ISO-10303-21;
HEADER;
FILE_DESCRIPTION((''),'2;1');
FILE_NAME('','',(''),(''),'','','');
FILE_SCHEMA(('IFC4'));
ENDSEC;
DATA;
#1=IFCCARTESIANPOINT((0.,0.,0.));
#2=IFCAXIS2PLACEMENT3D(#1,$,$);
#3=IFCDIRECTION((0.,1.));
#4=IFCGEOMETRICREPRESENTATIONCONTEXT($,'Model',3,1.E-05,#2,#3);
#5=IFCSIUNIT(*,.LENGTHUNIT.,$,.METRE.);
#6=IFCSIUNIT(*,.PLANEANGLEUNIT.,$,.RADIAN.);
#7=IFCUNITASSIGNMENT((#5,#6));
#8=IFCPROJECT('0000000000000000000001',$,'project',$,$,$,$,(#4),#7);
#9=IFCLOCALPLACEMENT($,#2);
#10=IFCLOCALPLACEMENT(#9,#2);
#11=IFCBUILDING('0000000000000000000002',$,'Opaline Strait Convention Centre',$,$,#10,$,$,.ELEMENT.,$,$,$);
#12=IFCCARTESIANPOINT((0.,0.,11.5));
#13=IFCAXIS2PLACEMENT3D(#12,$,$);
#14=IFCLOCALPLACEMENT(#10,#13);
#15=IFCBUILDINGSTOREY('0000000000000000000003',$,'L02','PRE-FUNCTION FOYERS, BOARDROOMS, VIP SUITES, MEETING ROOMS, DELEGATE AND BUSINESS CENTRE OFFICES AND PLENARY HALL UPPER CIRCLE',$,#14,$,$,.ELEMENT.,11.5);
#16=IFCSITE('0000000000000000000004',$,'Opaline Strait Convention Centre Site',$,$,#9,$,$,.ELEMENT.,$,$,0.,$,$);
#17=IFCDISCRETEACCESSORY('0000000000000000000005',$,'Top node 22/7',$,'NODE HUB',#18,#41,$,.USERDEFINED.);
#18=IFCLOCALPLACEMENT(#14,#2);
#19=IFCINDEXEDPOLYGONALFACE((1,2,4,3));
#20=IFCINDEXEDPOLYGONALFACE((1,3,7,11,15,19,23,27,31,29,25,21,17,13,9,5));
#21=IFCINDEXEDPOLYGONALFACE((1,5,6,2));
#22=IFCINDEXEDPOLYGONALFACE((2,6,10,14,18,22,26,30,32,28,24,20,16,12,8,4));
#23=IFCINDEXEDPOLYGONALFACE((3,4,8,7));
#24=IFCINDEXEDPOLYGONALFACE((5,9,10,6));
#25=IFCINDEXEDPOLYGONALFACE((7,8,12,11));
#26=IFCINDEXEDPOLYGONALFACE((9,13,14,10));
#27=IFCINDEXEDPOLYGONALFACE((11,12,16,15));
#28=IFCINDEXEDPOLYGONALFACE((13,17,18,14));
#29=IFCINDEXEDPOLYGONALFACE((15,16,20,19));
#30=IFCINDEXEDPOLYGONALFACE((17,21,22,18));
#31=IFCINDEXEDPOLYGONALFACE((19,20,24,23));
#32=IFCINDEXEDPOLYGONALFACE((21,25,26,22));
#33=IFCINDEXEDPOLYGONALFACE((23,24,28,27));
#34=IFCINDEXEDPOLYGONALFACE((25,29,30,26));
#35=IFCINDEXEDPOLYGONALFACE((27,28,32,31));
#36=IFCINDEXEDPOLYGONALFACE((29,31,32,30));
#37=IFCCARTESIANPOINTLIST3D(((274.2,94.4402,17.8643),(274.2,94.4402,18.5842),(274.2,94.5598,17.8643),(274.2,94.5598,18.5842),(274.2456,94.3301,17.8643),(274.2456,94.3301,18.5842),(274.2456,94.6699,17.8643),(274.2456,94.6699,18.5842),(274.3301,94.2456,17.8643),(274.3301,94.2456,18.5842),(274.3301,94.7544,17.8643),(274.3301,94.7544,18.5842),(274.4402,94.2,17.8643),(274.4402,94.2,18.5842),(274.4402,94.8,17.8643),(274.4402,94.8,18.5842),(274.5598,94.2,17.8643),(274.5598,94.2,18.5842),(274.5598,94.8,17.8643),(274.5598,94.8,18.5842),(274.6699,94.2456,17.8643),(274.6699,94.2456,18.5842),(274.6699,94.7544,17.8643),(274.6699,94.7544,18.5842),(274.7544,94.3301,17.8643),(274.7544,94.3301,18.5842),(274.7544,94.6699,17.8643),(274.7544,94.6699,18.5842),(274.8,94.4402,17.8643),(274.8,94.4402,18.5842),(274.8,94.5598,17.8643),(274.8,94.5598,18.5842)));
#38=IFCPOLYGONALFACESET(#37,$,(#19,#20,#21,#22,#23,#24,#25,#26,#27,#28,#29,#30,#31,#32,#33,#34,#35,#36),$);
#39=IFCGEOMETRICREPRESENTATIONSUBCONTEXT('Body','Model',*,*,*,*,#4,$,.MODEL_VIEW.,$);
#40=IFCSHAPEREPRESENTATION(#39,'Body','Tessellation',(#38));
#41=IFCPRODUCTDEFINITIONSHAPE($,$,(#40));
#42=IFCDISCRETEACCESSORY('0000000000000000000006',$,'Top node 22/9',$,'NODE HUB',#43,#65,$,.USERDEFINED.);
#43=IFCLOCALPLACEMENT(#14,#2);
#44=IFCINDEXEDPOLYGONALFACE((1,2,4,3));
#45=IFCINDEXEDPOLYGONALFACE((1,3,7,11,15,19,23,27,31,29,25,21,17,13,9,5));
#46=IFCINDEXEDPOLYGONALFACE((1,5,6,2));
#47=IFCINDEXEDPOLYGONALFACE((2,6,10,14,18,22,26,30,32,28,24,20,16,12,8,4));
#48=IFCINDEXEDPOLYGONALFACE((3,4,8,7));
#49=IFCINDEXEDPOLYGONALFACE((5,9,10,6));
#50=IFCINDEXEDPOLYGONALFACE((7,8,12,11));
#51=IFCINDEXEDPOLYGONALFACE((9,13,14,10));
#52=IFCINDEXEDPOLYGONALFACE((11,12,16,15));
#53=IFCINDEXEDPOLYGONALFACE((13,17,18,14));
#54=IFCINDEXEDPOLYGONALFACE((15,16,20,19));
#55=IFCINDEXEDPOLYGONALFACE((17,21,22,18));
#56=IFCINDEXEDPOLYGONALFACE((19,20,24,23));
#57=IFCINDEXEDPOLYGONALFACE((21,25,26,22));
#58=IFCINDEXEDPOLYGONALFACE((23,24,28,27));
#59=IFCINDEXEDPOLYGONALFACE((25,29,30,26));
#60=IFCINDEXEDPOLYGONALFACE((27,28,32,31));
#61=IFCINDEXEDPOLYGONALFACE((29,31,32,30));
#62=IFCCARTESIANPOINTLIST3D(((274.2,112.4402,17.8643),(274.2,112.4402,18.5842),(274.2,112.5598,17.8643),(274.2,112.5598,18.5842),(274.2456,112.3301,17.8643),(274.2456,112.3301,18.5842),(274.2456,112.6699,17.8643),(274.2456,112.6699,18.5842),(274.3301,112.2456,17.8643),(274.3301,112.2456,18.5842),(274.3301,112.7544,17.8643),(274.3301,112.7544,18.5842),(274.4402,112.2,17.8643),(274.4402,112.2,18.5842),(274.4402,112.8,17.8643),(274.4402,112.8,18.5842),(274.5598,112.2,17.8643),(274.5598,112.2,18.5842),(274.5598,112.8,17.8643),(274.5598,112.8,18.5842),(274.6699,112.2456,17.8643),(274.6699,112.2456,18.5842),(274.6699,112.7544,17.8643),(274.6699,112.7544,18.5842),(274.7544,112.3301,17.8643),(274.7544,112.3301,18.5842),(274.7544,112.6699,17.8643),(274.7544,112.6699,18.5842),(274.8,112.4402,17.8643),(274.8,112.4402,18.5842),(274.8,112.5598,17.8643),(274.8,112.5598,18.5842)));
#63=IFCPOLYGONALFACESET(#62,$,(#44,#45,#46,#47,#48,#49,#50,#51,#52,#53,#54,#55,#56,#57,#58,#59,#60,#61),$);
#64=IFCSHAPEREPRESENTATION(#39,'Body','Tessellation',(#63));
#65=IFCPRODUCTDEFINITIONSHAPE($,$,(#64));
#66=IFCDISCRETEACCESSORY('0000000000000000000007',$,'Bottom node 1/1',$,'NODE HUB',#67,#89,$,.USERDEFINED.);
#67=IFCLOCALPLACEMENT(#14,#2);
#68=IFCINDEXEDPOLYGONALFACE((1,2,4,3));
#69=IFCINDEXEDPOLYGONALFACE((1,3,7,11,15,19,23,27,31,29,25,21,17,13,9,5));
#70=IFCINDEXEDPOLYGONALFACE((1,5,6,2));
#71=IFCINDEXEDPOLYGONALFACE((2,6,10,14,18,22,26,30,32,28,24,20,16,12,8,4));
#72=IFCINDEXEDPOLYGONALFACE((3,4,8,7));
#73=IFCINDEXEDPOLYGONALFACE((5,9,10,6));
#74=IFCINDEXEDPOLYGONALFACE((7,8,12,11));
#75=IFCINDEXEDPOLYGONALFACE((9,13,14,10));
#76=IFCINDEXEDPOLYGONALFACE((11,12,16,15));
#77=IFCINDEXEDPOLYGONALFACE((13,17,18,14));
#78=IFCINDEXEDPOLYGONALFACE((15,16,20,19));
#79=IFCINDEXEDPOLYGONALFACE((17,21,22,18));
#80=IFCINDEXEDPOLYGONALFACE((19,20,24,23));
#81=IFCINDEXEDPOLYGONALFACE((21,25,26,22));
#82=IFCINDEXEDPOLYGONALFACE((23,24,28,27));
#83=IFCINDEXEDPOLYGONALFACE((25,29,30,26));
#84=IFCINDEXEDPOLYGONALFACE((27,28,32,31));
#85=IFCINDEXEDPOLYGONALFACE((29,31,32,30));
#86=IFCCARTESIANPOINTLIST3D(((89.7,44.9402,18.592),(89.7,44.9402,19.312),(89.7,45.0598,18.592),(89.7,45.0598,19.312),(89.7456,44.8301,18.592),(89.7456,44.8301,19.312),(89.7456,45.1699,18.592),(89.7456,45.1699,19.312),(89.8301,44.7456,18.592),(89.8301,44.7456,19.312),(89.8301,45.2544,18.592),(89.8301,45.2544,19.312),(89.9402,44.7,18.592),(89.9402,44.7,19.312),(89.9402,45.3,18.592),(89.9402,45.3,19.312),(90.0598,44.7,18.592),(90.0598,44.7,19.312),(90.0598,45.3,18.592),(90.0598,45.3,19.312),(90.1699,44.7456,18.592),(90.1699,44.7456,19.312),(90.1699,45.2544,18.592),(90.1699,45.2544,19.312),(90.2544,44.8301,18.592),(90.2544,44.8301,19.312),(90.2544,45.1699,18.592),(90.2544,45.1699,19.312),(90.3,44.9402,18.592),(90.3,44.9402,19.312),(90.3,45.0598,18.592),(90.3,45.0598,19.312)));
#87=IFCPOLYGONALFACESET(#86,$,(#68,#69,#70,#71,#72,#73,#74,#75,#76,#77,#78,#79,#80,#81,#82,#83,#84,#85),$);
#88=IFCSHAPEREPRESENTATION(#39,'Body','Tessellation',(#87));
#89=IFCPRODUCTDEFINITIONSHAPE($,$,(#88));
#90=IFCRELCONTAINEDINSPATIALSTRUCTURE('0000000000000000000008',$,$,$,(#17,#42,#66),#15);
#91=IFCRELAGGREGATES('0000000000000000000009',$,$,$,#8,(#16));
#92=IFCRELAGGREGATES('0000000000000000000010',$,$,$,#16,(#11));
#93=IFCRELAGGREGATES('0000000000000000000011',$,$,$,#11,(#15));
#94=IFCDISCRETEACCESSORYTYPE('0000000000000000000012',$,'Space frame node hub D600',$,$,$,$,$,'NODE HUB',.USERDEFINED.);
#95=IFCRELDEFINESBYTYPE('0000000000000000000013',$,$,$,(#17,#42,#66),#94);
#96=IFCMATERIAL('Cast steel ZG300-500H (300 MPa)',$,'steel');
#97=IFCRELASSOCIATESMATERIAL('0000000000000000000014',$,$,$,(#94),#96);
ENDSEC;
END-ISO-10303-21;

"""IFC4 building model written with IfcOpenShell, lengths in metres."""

from ifc_helpers import new_model, si_unit, direction, frame, origin, place, context, subcontext, project, spatial, polyline, outline, extrude, material, type_object, element, save


model = new_model("IFC4")

# Units and contexts
model_context = context("Model", 3, precision=1e-05, world=origin(), true_north=direction((0.0, 1.0)))
body_context = subcontext(model_context, "Body", "Model", "MODEL_VIEW")
ifc_project = project(units=[si_unit("LENGTHUNIT", "METRE"), si_unit("PLANEANGLEUNIT", "RADIAN")], contexts=[model_context])

# Site, building, storey
site_placement = place(None, origin())
site = spatial("IfcSite", under=ifc_project, at=site_placement, Name="Opaline Strait Convention Centre Site", CompositionType="ELEMENT", RefElevation=0.0)
building_placement = place(site_placement, origin())
building = spatial("IfcBuilding", under=site, at=building_placement, Name="Opaline Strait Convention Centre", CompositionType="ELEMENT")
storey_placement = place(building_placement, frame((0.0, 0.0, 11.5)))
storey = spatial("IfcBuildingStorey", under=building, at=storey_placement, Name="L02", Description="PRE-FUNCTION FOYERS, BOARDROOMS, VIP SUITES, MEETING ROOMS, DELEGATE AND BUSINESS CENTRE OFFICES AND PLENARY HALL UPPER CIRCLE", CompositionType="ELEMENT", Elevation=11.5)

# Discrete accessories
ifc_material = material(Name="Cast steel ZG300-500H (300 MPa)", Category="steel")
discrete_accessory_type_1 = type_object("IfcDiscreteAccessoryType", Name="Space frame node hub D600", ElementType="NODE HUB", PredefinedType="USERDEFINED", material=ifc_material)
discrete_accessory_1_placement = place(storey_placement, frame((0.0, 0.0, 17.8643)))
element("IfcDiscreteAccessory", 1, at=discrete_accessory_1_placement, inside=storey, type_object=discrete_accessory_type_1, Name="Top node 22/7", ObjectType="NODE HUB", PredefinedType="USERDEFINED", context=body_context, shape_type="SweptSolid", body=[
    extrude(outline(polyline([(274.8, 94.5598), (274.7544, 94.6699), (274.6699, 94.7544), (274.5598, 94.8), (274.4402, 94.8), (274.3301, 94.7544), (274.2456, 94.6699), (274.2, 94.5598), (274.2, 94.4402), (274.2456, 94.3301), (274.3301, 94.2456), (274.4402, 94.2), (274.5598, 94.2), (274.6699, 94.2456), (274.7544, 94.3301), (274.8, 94.4402), (274.8, 94.5598)])), origin(), (0.0, 0.0, 1.0), 0.72),
])
discrete_accessory_2_placement = place(storey_placement, frame((0.0, 0.0, 17.8643)))
element("IfcDiscreteAccessory", 2, at=discrete_accessory_2_placement, inside=storey, type_object=discrete_accessory_type_1, Name="Top node 22/9", ObjectType="NODE HUB", PredefinedType="USERDEFINED", context=body_context, shape_type="SweptSolid", body=[
    extrude(outline(polyline([(274.8, 112.5598), (274.7544, 112.6699), (274.6699, 112.7544), (274.5598, 112.8), (274.4402, 112.8), (274.3301, 112.7544), (274.2456, 112.6699), (274.2, 112.5598), (274.2, 112.4402), (274.2456, 112.3301), (274.3301, 112.2456), (274.4402, 112.2), (274.5598, 112.2), (274.6699, 112.2456), (274.7544, 112.3301), (274.8, 112.4402), (274.8, 112.5598)])), origin(), (0.0, 0.0, 1.0), 0.72),
])
discrete_accessory_3_placement = place(storey_placement, frame((0.0, 0.0, 18.592)))
element("IfcDiscreteAccessory", 3, at=discrete_accessory_3_placement, inside=storey, type_object=discrete_accessory_type_1, Name="Bottom node 1/1", ObjectType="NODE HUB", PredefinedType="USERDEFINED", context=body_context, shape_type="SweptSolid", body=[
    extrude(outline(polyline([(90.3, 45.0598), (90.2544, 45.1699), (90.1699, 45.2544), (90.0598, 45.3), (89.9402, 45.3), (89.8301, 45.2544), (89.7456, 45.1699), (89.7, 45.0598), (89.7, 44.9402), (89.7456, 44.8301), (89.8301, 44.7456), (89.9402, 44.7), (90.0598, 44.7), (90.1699, 44.7456), (90.2544, 44.8301), (90.3, 44.9402), (90.3, 45.0598)])), origin(), (0.0, 0.0, 1.0), 0.72),
])

save(model, "model.ifc")
